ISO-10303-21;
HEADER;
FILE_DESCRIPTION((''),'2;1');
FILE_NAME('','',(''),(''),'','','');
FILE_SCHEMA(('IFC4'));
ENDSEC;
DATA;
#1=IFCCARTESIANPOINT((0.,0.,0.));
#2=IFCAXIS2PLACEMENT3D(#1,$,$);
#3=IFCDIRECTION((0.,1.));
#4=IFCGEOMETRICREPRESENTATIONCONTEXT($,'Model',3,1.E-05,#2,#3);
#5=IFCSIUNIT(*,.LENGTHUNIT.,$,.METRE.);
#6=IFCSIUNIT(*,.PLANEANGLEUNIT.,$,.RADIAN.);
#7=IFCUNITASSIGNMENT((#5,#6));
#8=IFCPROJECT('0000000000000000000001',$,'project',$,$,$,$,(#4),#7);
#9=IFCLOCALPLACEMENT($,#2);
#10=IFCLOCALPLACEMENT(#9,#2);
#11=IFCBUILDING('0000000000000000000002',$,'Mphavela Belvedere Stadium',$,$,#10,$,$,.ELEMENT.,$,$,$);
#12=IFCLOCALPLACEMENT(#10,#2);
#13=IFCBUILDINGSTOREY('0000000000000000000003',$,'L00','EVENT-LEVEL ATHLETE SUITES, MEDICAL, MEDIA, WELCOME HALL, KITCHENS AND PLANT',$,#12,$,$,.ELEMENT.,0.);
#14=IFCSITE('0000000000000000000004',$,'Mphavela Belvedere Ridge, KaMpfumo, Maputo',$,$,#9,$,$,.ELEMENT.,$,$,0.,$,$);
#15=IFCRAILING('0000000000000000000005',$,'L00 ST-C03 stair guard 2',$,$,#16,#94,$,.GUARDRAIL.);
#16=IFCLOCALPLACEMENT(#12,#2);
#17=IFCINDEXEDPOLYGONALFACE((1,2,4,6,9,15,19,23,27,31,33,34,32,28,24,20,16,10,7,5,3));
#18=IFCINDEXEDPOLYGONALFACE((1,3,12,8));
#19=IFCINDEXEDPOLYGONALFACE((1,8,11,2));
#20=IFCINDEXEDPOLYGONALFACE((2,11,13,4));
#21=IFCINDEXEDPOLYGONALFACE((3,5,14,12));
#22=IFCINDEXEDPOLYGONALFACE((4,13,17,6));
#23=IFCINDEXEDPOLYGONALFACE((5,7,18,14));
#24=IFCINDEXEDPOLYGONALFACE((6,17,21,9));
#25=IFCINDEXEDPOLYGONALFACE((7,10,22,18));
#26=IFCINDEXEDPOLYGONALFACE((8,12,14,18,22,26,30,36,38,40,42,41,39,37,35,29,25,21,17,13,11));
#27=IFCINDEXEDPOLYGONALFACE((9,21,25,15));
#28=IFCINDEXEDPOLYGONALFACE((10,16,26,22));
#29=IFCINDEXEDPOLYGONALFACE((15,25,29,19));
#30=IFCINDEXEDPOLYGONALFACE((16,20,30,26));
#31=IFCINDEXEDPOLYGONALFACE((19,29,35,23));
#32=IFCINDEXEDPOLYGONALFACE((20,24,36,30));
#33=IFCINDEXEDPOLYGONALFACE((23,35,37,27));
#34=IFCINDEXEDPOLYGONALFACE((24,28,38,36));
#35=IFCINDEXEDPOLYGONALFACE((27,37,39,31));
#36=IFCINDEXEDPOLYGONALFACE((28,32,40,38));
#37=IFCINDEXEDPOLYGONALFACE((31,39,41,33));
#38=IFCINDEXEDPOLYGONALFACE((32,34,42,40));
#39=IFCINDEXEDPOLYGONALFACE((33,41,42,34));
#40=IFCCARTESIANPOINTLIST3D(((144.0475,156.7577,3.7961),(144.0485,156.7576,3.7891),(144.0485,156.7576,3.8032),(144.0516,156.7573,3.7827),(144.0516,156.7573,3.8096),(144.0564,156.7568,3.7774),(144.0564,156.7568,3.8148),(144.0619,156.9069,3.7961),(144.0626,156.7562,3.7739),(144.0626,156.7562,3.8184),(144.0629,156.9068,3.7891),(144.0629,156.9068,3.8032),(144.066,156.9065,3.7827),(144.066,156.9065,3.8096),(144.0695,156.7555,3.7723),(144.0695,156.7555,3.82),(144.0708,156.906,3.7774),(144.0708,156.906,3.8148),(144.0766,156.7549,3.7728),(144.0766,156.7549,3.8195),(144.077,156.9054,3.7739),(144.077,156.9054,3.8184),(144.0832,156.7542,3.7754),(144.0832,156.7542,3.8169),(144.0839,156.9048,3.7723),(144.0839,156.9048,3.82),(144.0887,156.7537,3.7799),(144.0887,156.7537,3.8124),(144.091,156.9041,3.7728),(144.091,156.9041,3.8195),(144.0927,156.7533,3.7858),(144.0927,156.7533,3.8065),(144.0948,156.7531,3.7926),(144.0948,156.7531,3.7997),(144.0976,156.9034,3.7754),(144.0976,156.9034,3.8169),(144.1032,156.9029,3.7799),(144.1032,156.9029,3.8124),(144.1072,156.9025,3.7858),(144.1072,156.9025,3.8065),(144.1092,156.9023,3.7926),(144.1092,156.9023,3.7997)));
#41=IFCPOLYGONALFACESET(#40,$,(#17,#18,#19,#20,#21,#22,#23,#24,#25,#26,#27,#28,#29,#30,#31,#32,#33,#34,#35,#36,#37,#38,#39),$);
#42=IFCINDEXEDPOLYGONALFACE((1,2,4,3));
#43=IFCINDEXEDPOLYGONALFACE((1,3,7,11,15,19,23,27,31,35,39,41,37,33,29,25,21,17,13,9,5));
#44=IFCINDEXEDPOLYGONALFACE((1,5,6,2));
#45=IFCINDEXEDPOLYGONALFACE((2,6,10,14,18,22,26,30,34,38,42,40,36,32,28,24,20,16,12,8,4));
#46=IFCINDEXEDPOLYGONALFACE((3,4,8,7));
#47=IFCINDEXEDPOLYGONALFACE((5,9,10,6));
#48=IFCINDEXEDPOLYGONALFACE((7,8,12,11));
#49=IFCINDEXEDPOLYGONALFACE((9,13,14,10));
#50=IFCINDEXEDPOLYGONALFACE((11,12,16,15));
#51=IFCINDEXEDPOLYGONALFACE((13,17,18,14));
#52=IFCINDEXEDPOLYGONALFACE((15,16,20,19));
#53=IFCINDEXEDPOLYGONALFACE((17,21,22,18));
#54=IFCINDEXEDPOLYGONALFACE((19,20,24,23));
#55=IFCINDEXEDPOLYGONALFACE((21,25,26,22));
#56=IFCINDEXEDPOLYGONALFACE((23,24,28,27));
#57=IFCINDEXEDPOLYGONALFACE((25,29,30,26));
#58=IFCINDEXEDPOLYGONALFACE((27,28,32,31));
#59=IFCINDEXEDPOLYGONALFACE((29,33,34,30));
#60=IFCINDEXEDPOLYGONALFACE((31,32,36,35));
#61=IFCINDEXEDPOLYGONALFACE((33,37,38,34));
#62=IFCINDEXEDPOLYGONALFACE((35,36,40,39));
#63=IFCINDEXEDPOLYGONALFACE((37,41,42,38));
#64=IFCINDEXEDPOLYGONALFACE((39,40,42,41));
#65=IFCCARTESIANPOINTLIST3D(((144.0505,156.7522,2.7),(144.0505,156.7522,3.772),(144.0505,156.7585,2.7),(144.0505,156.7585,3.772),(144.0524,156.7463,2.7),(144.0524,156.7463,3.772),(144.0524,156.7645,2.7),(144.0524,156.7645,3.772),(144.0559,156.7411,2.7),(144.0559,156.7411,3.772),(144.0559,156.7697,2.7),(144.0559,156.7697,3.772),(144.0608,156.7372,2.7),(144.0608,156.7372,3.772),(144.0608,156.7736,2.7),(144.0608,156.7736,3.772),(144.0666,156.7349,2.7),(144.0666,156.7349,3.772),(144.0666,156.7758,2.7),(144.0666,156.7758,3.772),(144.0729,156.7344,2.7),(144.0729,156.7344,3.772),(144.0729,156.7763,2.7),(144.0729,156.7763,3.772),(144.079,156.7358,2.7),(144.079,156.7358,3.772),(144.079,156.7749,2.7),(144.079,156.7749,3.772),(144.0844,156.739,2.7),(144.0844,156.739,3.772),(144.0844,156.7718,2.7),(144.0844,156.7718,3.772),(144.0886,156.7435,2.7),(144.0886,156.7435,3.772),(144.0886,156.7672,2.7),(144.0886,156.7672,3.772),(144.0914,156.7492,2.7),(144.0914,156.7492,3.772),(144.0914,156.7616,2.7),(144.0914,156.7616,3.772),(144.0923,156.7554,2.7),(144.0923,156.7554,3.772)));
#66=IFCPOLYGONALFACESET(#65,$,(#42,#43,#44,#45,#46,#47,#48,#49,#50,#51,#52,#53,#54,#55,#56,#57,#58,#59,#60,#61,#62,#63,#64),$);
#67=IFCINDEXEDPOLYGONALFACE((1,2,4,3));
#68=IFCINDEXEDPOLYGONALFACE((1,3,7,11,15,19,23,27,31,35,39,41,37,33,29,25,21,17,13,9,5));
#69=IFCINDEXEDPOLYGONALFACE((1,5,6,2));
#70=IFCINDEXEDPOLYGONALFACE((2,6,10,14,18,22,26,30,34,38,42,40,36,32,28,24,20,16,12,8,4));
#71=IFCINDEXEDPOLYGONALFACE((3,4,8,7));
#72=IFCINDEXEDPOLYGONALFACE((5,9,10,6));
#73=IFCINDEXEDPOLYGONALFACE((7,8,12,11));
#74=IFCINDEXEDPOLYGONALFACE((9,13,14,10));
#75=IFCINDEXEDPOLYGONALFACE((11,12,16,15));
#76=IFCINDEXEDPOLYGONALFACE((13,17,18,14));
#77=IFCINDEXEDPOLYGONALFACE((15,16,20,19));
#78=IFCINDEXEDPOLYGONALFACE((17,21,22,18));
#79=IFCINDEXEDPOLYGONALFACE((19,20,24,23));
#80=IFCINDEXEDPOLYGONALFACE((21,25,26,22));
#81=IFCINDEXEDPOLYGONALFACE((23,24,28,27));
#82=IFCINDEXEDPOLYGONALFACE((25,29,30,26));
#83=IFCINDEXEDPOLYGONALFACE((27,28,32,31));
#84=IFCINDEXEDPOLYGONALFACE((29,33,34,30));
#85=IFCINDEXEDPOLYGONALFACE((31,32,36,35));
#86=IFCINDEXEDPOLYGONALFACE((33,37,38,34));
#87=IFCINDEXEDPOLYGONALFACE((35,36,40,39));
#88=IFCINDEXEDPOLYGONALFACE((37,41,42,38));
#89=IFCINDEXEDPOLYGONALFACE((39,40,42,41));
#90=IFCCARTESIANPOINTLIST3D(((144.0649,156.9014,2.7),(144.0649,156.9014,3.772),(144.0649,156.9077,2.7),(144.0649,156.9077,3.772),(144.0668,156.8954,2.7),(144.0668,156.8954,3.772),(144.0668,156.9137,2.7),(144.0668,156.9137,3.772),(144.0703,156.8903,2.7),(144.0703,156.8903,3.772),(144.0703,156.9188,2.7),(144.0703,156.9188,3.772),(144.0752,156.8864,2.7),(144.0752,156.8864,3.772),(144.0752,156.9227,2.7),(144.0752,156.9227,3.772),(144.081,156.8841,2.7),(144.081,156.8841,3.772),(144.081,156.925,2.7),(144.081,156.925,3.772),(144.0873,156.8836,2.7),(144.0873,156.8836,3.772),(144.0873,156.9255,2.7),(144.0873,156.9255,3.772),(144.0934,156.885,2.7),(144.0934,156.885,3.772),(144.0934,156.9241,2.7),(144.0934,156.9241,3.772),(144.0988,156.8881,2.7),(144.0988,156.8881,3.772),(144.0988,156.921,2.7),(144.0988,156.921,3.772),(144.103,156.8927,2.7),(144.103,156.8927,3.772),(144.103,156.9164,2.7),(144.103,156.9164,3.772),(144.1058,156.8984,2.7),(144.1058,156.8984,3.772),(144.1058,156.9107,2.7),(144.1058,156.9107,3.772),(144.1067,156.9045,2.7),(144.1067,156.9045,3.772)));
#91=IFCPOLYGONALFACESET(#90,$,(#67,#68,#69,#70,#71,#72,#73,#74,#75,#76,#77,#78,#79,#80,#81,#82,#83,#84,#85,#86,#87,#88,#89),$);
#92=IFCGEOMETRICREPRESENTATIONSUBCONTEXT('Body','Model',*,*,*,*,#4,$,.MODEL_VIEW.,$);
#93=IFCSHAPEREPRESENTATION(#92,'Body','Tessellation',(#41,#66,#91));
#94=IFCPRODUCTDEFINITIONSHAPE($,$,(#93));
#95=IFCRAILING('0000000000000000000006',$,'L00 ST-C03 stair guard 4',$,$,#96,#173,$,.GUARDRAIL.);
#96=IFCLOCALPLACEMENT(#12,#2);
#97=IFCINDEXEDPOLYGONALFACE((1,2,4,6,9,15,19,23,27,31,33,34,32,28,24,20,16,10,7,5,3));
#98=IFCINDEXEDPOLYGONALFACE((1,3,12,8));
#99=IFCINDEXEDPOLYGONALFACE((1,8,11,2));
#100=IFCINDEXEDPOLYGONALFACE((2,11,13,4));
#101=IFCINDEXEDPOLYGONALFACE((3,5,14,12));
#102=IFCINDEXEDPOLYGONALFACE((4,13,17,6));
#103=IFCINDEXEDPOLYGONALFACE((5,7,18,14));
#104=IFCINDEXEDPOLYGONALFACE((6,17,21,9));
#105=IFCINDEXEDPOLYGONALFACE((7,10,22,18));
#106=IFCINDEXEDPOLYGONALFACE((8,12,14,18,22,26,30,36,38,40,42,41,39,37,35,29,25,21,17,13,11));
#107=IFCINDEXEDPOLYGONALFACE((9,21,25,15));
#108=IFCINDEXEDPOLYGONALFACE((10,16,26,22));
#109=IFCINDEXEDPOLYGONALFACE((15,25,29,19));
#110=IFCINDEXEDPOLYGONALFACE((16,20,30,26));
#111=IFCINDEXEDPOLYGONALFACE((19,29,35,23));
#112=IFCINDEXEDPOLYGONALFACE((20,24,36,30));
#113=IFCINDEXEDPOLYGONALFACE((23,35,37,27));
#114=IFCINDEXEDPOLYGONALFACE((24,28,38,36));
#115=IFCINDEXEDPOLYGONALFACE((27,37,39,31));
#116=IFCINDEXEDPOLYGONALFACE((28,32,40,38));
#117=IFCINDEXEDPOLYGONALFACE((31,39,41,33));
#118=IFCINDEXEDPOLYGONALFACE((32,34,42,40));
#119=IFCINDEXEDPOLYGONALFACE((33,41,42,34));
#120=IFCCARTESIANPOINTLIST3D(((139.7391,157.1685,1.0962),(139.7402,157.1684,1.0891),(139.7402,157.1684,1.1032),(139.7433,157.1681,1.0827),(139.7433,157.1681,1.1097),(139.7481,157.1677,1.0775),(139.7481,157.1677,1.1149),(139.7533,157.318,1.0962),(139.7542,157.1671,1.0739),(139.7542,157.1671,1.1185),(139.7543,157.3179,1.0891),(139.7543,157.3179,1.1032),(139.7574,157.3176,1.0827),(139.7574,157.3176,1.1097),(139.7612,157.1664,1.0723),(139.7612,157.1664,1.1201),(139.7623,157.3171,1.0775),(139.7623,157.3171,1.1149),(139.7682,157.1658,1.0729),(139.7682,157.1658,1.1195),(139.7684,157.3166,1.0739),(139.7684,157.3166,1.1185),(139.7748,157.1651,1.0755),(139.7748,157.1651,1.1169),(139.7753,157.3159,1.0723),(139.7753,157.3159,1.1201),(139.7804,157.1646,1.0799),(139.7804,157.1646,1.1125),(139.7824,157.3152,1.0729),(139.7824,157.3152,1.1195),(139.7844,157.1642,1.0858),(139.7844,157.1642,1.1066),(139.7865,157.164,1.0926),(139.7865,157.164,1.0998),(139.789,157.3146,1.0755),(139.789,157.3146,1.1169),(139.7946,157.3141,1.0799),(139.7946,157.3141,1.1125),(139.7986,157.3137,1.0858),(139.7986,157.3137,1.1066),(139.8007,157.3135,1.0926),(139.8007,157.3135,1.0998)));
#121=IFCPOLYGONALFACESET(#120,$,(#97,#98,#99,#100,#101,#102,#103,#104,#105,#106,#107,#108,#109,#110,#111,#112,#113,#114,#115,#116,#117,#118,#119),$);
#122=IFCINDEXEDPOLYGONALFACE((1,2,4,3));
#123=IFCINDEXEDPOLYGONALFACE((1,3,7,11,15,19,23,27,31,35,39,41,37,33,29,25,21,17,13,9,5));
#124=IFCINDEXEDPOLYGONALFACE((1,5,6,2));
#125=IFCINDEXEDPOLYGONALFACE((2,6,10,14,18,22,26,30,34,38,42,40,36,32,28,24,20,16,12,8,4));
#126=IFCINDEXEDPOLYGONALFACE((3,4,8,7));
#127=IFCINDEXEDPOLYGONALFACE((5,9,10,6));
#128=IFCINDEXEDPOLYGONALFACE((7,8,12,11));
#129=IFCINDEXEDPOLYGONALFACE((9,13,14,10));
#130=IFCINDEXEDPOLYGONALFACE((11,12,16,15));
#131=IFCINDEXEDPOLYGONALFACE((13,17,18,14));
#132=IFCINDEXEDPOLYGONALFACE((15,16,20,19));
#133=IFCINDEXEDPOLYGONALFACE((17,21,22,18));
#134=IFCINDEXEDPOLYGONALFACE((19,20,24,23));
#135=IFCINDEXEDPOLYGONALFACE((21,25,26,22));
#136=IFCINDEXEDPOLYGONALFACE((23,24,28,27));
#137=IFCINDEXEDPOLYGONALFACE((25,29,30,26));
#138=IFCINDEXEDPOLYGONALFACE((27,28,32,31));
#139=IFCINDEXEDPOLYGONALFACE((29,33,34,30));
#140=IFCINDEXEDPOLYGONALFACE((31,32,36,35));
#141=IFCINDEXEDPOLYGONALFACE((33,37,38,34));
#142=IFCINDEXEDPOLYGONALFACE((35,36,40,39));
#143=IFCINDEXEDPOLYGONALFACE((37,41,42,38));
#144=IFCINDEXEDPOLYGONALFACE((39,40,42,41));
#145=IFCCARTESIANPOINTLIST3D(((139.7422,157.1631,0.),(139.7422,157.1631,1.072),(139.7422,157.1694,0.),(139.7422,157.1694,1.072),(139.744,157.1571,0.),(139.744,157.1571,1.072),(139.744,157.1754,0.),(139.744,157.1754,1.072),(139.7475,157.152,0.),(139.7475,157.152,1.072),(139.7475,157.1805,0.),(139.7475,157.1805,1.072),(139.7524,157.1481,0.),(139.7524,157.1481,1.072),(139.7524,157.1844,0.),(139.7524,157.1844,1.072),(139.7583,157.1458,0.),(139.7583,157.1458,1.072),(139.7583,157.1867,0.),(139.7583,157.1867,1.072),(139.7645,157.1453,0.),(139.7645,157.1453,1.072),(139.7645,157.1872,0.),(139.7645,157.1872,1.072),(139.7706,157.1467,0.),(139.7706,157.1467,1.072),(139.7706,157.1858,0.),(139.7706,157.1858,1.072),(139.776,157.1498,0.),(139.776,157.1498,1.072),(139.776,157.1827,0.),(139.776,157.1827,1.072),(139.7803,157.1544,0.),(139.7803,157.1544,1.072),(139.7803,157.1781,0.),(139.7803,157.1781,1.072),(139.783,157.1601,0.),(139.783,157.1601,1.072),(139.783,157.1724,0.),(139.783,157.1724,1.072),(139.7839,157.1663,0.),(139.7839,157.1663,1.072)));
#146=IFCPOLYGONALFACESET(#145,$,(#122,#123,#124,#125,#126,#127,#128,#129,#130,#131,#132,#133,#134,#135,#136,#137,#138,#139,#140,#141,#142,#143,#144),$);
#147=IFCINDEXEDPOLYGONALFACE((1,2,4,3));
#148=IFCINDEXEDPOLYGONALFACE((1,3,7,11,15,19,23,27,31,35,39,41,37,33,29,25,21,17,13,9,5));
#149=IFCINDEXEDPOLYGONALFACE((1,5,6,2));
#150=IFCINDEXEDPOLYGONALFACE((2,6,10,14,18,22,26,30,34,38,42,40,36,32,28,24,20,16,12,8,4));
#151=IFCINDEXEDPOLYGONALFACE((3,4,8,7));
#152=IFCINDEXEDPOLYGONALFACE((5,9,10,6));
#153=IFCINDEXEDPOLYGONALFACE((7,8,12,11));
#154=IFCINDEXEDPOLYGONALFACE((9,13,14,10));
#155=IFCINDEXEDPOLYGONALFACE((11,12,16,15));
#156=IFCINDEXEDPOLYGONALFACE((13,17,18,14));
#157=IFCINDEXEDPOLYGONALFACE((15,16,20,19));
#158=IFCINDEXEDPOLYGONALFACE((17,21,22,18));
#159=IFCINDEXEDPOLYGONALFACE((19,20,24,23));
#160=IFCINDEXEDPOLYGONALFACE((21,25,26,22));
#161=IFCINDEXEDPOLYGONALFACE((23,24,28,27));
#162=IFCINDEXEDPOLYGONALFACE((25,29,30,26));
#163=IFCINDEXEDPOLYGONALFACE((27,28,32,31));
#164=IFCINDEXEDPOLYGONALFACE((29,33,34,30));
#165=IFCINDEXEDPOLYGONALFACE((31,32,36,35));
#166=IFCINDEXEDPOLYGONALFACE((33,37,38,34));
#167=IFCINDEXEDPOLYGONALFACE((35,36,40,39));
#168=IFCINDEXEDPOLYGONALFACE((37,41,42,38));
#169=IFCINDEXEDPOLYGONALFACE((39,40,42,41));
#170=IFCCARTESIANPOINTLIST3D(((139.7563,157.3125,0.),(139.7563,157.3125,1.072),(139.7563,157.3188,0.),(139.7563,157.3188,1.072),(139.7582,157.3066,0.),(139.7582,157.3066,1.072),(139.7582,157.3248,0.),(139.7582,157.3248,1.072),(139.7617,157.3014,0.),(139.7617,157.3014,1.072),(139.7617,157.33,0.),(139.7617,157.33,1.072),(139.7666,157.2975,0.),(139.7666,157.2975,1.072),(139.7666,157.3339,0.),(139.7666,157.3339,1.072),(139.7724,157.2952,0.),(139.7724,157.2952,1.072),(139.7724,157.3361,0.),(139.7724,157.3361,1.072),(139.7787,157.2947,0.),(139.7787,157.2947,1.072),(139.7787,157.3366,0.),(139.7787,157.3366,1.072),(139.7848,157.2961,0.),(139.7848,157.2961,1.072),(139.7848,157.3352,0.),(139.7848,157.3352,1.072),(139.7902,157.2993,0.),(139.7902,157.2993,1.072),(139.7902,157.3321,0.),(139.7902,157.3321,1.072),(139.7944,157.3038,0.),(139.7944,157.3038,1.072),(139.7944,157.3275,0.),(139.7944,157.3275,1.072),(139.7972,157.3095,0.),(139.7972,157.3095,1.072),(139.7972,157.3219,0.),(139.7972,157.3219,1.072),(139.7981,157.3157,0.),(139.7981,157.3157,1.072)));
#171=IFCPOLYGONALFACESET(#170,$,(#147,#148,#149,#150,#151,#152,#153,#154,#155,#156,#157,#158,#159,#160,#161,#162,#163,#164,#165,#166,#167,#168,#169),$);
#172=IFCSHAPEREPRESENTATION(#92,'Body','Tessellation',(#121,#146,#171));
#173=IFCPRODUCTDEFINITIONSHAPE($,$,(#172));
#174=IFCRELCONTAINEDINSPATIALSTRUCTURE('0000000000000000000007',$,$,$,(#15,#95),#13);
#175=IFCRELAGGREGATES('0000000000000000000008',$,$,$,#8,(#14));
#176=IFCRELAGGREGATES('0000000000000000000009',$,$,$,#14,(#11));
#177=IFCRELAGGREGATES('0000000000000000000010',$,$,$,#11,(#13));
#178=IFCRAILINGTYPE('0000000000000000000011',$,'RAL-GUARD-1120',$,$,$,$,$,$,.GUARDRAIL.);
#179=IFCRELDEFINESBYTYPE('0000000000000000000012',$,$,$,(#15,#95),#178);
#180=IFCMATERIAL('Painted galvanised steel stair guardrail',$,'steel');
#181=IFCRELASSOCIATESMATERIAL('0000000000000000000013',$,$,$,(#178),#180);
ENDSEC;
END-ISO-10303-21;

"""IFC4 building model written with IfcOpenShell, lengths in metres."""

from ifc_helpers import new_model, si_unit, direction, frame, origin, origin_2d, place, context, subcontext, project, spatial, circle, extrude, material, type_object, element, save


model = new_model("IFC4")

# Units and contexts
model_context = context("Model", 3, precision=1e-05, world=origin(), true_north=direction((0.0, 1.0)))
body_context = subcontext(model_context, "Body", "Model", "MODEL_VIEW")
ifc_project = project(units=[si_unit("LENGTHUNIT", "METRE"), si_unit("PLANEANGLEUNIT", "RADIAN")], contexts=[model_context])

# Site, building, storey
site_placement = place(None, origin())
site = spatial("IfcSite", under=ifc_project, at=site_placement, Name="Mphavela Belvedere Ridge, KaMpfumo, Maputo", CompositionType="ELEMENT", RefElevation=0.0)
building_placement = place(site_placement, origin())
building = spatial("IfcBuilding", under=site, at=building_placement, Name="Mphavela Belvedere Stadium", CompositionType="ELEMENT")
storey_placement = place(building_placement, origin())
storey = spatial("IfcBuildingStorey", under=building, at=storey_placement, Name="L00", Description="EVENT-LEVEL ATHLETE SUITES, MEDICAL, MEDIA, WELCOME HALL, KITCHENS AND PLANT", CompositionType="ELEMENT", Elevation=0.0)

# Railings
ifc_material_1 = material(Name="Painted galvanised steel stair guardrail", Category="steel")
railing_type_1 = type_object("IfcRailingType", Name="RAL-GUARD-1120", PredefinedType="GUARDRAIL", material=ifc_material_1)
railing_1_placement = place(storey_placement, frame((144.0713, 156.7554, 2.7)))
element("IfcRailing", 1, at=railing_1_placement, inside=storey, type_object=railing_type_1, Name="L00 ST-C03 stair guard 2", PredefinedType="GUARDRAIL", context=body_context, shape_type="SweptSolid", body=[
    extrude(circle(Radius=0.0239, at=origin_2d()), frame((0.0, 0.0, 1.0962), z_axis=(0.096116, 0.99537, 0.0), x_axis=(-0.99537, 0.096116, 0.0)), (0.0, 0.0, 1.0), 0.1499),
    extrude(circle(Radius=0.021, at=origin_2d()), origin(), (0.0, 0.0, 1.0), 1.072),
    extrude(circle(Radius=0.021, at=origin_2d()), frame((0.0144, 0.1492, 0.0)), (0.0, 0.0, 1.0), 1.072),
])
railing_2_placement = place(storey_placement, frame((139.7629, 157.1663, 0.0)))
element("IfcRailing", 2, at=railing_2_placement, inside=storey, type_object=railing_type_1, Name="L00 ST-C03 stair guard 4", PredefinedType="GUARDRAIL", context=body_context, shape_type="SweptSolid", body=[
    extrude(circle(Radius=0.0239, at=origin_2d()), frame((0.0, 0.0, 1.0962), z_axis=(0.094348, 0.995539, 0.0), x_axis=(-0.995539, 0.094348, 0.0)), (0.0, 0.0, 1.0), 0.1501),
    extrude(circle(Radius=0.021, at=origin_2d()), origin(), (0.0, 0.0, 1.0), 1.072),
    extrude(circle(Radius=0.021, at=origin_2d()), frame((0.0142, 0.1494, 0.0)), (0.0, 0.0, 1.0), 1.072),
])

save(model, "model.ifc")
